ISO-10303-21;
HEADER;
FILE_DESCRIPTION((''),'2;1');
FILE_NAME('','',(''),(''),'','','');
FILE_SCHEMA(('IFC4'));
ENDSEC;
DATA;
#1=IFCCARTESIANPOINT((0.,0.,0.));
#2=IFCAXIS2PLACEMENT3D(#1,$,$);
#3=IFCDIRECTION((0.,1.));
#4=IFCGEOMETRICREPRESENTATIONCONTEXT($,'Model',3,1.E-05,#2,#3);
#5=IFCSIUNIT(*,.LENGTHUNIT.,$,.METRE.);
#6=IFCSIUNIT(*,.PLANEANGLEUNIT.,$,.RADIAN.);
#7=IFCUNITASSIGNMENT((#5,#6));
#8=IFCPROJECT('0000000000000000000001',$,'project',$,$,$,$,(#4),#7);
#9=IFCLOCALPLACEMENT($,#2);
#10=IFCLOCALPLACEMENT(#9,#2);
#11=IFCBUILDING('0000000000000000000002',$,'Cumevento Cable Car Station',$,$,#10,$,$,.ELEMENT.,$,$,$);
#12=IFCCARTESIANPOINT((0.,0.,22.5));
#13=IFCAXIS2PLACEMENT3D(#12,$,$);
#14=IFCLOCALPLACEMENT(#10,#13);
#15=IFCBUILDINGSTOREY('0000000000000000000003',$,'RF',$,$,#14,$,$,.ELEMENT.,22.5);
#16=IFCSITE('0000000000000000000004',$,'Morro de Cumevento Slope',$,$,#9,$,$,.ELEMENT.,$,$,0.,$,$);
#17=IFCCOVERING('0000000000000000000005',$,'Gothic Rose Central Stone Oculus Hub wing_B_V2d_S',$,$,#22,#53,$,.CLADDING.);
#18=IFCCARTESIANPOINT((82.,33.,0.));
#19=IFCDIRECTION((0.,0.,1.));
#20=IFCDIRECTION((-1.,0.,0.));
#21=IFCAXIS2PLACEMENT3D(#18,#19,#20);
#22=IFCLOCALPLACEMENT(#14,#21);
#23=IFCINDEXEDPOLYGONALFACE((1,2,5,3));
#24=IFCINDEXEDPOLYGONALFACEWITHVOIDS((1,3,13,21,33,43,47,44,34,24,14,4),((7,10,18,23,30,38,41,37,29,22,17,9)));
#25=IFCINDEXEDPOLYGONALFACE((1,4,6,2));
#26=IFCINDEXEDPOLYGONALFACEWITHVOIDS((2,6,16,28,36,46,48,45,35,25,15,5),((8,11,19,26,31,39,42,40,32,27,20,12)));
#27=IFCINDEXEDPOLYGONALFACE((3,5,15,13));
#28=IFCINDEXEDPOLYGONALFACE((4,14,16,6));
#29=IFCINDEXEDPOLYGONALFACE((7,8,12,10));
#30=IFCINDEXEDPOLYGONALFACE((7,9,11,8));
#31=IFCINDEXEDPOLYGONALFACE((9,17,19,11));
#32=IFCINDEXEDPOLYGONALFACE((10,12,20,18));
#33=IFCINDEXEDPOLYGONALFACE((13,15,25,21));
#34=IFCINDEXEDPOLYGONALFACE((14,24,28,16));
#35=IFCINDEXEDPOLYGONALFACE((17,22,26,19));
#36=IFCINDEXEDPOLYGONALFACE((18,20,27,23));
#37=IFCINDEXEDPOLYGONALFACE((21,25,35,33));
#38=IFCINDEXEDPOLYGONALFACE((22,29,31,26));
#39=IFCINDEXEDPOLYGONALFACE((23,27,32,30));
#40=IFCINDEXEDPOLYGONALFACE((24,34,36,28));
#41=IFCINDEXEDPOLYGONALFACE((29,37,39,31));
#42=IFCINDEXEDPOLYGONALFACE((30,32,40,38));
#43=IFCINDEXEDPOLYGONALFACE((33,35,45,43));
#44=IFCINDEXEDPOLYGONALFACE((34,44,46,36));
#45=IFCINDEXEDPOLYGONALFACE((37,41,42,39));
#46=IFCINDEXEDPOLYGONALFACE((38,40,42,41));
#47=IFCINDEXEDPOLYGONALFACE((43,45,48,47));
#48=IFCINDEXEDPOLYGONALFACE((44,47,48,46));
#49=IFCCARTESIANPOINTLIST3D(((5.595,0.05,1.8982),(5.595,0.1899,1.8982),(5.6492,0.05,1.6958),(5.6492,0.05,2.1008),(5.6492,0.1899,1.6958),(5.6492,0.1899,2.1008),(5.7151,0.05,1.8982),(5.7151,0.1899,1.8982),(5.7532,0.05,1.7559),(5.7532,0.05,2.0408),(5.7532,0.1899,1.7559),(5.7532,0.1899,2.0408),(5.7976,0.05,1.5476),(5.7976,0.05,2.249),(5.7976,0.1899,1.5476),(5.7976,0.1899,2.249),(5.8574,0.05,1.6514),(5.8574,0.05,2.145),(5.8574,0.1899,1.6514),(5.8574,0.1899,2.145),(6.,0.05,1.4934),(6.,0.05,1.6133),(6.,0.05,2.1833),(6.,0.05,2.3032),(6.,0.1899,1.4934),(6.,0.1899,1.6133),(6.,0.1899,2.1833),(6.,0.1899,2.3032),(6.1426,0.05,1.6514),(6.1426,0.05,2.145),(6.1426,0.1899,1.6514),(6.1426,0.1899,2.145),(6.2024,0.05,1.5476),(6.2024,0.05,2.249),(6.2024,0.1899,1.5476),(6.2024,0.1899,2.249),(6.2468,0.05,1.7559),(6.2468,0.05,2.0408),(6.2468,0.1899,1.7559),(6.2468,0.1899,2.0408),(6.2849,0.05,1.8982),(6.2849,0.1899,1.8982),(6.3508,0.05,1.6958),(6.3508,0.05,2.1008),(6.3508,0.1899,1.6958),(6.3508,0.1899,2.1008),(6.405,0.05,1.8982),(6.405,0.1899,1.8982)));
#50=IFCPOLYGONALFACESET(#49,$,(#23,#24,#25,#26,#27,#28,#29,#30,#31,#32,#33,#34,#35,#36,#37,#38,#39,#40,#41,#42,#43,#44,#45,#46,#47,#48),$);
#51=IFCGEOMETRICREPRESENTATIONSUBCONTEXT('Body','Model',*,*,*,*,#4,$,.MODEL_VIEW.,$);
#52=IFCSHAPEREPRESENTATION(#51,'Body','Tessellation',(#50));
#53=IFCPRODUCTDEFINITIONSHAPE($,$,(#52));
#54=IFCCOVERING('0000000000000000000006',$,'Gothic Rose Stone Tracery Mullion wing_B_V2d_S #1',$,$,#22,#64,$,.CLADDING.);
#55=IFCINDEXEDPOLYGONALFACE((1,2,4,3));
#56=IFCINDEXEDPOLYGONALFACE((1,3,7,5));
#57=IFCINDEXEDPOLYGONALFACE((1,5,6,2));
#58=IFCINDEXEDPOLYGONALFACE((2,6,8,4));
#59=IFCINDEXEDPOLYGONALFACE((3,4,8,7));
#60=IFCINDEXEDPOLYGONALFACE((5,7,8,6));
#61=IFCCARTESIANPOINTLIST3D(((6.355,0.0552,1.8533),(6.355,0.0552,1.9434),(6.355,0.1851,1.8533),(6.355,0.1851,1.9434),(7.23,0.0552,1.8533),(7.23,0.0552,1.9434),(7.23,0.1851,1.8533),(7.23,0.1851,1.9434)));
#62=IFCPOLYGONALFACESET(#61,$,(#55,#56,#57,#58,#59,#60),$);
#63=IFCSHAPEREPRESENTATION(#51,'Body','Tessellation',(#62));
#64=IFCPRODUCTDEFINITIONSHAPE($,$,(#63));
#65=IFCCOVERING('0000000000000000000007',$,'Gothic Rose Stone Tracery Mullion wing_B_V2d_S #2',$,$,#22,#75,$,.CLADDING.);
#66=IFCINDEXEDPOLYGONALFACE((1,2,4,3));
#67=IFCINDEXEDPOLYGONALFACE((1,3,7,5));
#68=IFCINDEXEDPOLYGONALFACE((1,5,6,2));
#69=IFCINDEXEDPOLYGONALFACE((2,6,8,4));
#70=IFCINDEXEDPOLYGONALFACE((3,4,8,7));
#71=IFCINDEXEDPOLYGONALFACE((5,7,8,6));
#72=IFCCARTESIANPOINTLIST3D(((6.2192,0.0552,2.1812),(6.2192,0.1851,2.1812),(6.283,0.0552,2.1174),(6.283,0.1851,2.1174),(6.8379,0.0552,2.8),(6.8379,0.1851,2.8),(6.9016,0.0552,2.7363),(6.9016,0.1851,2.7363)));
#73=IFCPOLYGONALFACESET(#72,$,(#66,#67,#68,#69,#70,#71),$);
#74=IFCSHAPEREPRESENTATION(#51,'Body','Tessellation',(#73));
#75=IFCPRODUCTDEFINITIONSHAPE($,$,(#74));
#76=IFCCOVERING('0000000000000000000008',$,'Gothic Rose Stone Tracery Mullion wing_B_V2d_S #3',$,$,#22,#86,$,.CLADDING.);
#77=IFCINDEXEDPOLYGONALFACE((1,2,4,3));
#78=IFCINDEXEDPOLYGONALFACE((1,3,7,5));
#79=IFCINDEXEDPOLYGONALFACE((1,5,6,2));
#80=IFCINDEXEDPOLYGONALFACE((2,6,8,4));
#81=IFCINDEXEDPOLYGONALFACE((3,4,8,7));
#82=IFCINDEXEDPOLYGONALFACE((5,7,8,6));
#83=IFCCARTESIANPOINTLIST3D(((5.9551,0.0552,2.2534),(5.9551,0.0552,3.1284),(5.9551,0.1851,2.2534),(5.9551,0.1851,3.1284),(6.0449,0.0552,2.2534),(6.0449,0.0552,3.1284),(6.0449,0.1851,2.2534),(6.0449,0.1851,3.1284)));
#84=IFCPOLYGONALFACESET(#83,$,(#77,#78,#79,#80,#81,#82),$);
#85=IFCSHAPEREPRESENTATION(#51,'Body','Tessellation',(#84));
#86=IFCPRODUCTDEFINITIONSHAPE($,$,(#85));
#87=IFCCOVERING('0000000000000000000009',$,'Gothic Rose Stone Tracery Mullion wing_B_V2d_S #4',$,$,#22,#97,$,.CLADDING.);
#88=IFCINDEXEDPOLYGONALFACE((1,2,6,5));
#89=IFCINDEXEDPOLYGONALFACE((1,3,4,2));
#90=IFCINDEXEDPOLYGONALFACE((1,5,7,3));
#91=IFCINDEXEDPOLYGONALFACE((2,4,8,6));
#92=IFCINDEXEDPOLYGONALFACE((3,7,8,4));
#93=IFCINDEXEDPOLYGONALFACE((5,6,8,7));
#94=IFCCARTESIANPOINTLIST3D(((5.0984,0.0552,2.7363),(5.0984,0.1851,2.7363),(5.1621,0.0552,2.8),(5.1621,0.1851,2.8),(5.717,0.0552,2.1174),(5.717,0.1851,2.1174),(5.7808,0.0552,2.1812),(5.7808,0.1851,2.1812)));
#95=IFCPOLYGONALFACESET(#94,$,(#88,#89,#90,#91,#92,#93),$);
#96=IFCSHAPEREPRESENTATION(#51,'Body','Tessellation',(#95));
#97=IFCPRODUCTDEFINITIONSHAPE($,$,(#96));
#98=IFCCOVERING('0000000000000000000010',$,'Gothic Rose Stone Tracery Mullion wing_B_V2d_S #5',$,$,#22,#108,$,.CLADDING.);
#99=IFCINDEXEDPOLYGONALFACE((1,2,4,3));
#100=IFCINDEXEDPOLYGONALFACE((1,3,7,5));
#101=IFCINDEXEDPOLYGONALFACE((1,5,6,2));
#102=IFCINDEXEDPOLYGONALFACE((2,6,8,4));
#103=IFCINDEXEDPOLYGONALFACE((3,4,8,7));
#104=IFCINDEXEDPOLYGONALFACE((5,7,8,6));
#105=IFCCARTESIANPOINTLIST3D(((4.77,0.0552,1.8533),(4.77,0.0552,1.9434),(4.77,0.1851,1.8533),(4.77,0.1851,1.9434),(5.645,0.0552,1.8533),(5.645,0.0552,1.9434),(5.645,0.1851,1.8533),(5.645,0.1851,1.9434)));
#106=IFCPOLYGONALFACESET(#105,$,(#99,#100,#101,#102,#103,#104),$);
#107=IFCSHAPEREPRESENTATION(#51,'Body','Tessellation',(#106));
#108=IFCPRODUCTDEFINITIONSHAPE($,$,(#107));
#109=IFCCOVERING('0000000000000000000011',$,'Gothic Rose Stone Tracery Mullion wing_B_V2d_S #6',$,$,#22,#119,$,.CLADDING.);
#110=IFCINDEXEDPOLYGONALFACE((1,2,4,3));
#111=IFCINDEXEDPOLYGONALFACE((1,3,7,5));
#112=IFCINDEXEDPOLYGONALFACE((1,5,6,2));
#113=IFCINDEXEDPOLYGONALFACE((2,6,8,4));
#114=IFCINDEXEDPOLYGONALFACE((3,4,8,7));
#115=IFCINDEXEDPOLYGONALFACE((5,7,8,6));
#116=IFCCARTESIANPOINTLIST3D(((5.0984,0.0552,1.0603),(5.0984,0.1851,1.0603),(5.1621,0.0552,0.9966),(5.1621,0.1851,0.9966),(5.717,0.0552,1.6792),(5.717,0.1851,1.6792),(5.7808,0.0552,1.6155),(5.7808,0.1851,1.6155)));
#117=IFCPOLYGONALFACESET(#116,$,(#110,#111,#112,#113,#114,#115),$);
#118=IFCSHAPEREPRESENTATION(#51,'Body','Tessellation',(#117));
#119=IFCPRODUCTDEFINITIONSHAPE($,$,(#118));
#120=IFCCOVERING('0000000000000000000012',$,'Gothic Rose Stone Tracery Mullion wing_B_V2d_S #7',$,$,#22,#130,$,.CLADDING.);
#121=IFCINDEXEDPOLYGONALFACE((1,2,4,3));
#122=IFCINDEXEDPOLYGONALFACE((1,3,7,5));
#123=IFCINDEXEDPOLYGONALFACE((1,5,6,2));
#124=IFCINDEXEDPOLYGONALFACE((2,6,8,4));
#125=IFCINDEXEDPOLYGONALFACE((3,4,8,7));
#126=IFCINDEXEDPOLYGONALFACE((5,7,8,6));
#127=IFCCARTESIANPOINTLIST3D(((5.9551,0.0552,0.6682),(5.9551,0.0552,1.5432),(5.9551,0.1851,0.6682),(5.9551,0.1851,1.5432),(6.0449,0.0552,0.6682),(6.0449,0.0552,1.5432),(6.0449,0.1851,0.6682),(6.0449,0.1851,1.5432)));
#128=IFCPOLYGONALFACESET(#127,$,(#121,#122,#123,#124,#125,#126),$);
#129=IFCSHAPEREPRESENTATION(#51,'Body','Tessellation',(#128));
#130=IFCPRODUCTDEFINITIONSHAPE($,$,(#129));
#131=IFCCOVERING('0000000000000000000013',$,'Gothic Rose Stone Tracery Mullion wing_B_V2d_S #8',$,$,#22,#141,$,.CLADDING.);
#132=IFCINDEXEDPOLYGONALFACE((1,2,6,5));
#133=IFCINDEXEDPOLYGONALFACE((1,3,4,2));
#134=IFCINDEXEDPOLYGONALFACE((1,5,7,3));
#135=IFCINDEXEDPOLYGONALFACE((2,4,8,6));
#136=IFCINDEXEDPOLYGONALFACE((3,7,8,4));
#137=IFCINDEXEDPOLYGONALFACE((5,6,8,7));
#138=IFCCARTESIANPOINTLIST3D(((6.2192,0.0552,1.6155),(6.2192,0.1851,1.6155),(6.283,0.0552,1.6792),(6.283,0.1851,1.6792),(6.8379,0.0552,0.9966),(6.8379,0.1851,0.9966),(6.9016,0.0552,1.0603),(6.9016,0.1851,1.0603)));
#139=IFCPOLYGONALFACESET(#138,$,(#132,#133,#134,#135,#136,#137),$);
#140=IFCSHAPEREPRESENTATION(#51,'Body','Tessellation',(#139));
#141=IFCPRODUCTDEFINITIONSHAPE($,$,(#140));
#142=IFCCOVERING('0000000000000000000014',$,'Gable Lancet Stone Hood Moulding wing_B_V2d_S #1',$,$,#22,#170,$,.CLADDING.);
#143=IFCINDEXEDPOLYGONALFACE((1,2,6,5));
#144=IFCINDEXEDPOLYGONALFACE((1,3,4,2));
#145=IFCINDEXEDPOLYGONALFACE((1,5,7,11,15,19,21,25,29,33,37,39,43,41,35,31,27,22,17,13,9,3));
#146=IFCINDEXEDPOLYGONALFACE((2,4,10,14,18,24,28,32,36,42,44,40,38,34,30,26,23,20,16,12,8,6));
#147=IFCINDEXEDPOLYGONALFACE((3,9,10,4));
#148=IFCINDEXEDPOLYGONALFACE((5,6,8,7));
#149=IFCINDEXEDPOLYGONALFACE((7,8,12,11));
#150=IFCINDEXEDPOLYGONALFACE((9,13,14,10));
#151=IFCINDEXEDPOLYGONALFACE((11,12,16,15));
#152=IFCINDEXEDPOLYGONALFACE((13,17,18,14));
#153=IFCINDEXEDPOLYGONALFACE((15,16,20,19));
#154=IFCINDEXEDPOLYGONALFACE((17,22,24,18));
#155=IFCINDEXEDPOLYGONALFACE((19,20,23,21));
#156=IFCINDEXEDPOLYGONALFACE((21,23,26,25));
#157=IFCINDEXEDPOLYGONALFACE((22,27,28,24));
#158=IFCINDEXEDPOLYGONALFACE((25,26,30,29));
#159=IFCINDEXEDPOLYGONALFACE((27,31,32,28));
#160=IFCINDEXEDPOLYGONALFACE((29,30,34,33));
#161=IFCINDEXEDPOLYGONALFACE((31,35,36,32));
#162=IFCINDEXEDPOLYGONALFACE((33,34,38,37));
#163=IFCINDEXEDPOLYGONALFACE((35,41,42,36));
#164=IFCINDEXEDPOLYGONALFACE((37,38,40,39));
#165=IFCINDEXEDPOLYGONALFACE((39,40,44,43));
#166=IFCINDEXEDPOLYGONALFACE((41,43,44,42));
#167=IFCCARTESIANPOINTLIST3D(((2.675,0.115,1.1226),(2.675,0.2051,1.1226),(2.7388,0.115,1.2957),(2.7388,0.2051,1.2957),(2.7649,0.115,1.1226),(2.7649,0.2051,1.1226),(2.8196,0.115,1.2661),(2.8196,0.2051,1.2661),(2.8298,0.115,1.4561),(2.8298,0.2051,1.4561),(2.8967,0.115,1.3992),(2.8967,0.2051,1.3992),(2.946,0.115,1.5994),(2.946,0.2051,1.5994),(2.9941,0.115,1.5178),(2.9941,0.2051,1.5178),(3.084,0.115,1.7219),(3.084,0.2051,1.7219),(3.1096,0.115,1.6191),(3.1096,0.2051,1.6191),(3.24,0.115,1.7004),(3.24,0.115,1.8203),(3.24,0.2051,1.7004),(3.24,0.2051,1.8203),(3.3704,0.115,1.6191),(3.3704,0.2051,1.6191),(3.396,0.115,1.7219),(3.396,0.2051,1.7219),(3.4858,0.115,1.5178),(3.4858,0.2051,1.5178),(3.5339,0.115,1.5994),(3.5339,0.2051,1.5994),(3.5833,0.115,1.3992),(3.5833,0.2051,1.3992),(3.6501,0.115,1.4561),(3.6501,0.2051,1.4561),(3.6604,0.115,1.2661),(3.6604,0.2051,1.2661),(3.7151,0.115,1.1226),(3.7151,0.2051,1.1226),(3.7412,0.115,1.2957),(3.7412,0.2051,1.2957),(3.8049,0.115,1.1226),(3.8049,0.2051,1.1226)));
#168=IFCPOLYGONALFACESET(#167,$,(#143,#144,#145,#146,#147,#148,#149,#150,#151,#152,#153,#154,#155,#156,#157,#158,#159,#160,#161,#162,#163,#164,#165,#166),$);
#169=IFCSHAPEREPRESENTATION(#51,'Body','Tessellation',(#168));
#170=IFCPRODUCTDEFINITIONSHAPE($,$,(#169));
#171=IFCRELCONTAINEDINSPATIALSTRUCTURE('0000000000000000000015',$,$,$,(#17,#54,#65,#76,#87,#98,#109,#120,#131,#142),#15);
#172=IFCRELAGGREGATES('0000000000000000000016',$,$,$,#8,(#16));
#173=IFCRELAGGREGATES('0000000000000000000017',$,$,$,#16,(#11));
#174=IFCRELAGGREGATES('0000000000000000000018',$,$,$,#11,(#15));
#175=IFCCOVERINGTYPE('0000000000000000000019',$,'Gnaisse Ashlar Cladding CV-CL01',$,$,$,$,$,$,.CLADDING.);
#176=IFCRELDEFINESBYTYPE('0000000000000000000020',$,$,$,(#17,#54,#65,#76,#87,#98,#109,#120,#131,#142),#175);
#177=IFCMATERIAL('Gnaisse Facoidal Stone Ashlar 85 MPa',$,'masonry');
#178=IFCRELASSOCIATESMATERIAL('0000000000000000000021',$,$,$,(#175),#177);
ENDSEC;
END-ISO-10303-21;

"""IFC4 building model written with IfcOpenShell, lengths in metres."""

from ifc_helpers import new_model, si_unit, direction, frame, origin, place, context, subcontext, project, spatial, polyline, outline, extrude, material, type_object, element, save


model = new_model("IFC4")

# Units and contexts
model_context = context("Model", 3, precision=1e-05, world=origin(), true_north=direction((0.0, 1.0)))
body_context = subcontext(model_context, "Body", "Model", "MODEL_VIEW")
ifc_project = project(units=[si_unit("LENGTHUNIT", "METRE"), si_unit("PLANEANGLEUNIT", "RADIAN")], contexts=[model_context])

# Site, building, storey
site_placement = place(None, origin())
site = spatial("IfcSite", under=ifc_project, at=site_placement, Name="Morro de Cumevento Slope", CompositionType="ELEMENT", RefElevation=0.0)
building_placement = place(site_placement, origin())
building = spatial("IfcBuilding", under=site, at=building_placement, Name="Cumevento Cable Car Station", CompositionType="ELEMENT")
storey_placement = place(building_placement, frame((0.0, 0.0, 22.5)))
storey = spatial("IfcBuildingStorey", under=building, at=storey_placement, Name="RF", CompositionType="ELEMENT", Elevation=22.5)

# Coverings
ifc_material_1 = material(Name="Gnaisse Facoidal Stone Ashlar 85 MPa", Category="masonry")
covering_type = type_object("IfcCoveringType", Name="Gnaisse Ashlar Cladding CV-CL01", PredefinedType="CLADDING", material=ifc_material_1)
placement = place(storey_placement, frame((82.0, 33.0, 0.0), z_axis=(0.0, 0.0, 1.0), x_axis=(-1.0, 0.0, 0.0)))
element("IfcCovering", 1, at=placement, inside=storey, type_object=covering_type, Name="Gothic Rose Central Stone Oculus Hub wing_B_V2d_S", PredefinedType="CLADDING", context=body_context, shape_type="SweptSolid", body=[
    extrude(outline(polyline([(6.405, 1.8982), (6.3508, 2.1008), (6.2024, 2.249), (6.0, 2.3032), (5.7976, 2.249), (5.6492, 2.1008), (5.595, 1.8982), (5.6492, 1.6958), (5.7976, 1.5476), (6.0, 1.4934), (6.2024, 1.5476), (6.3508, 1.6958), (6.405, 1.8982)]), holes=[polyline([(6.2849, 1.8982), (6.2468, 2.0408), (6.1426, 2.145), (6.0, 2.1833), (5.8574, 2.145), (5.7532, 2.0408), (5.7151, 1.8982), (5.7532, 1.7559), (5.8574, 1.6514), (6.0, 1.6133), (6.1426, 1.6514), (6.2468, 1.7559), (6.2849, 1.8982)])]), frame((0.0, 0.1899, 0.0), z_axis=(0.0, -1.0, 0.0), x_axis=(1.0, 0.0, 0.0)), (0.0, 0.0, 1.0), 0.1399),
])
element("IfcCovering", 2, at=placement, inside=storey, type_object=covering_type, Name="Gothic Rose Stone Tracery Mullion wing_B_V2d_S #1", PredefinedType="CLADDING", context=body_context, shape_type="SweptSolid", body=[
    extrude(outline(polyline([(6.355, 1.9434), (7.23, 1.9434), (7.23, 1.8533), (6.355, 1.8533), (6.355, 1.9434)])), frame((0.0, 0.1851, 0.0), z_axis=(0.0, -1.0, 0.0), x_axis=(1.0, 0.0, 0.0)), (0.0, 0.0, 1.0), 0.1299),
])
element("IfcCovering", 3, at=placement, inside=storey, type_object=covering_type, Name="Gothic Rose Stone Tracery Mullion wing_B_V2d_S #2", PredefinedType="CLADDING", context=body_context, shape_type="SweptSolid", body=[
    extrude(outline(polyline([(6.2192, 2.1812), (6.8379, 2.8), (6.9016, 2.7363), (6.283, 2.1174), (6.2192, 2.1812)])), frame((0.0, 0.1851, 0.0), z_axis=(0.0, -1.0, 0.0), x_axis=(1.0, 0.0, 0.0)), (0.0, 0.0, 1.0), 0.1299),
])
element("IfcCovering", 4, at=placement, inside=storey, type_object=covering_type, Name="Gothic Rose Stone Tracery Mullion wing_B_V2d_S #3", PredefinedType="CLADDING", context=body_context, shape_type="SweptSolid", body=[
    extrude(outline(polyline([(5.9551, 2.2534), (5.9551, 3.1284), (6.0449, 3.1284), (6.0449, 2.2534), (5.9551, 2.2534)])), frame((0.0, 0.1851, 0.0), z_axis=(0.0, -1.0, 0.0), x_axis=(1.0, 0.0, 0.0)), (0.0, 0.0, 1.0), 0.1299),
])
element("IfcCovering", 5, at=placement, inside=storey, type_object=covering_type, Name="Gothic Rose Stone Tracery Mullion wing_B_V2d_S #4", PredefinedType="CLADDING", context=body_context, shape_type="SweptSolid", body=[
    extrude(outline(polyline([(5.717, 2.1174), (5.0984, 2.7363), (5.1621, 2.8), (5.7808, 2.1812), (5.717, 2.1174)])), frame((0.0, 0.1851, 0.0), z_axis=(0.0, -1.0, 0.0), x_axis=(1.0, 0.0, 0.0)), (0.0, 0.0, 1.0), 0.1299),
])
element("IfcCovering", 6, at=placement, inside=storey, type_object=covering_type, Name="Gothic Rose Stone Tracery Mullion wing_B_V2d_S #5", PredefinedType="CLADDING", context=body_context, shape_type="SweptSolid", body=[
    extrude(outline(polyline([(5.645, 1.8533), (4.77, 1.8533), (4.77, 1.9434), (5.645, 1.9434), (5.645, 1.8533)])), frame((0.0, 0.1851, 0.0), z_axis=(0.0, -1.0, 0.0), x_axis=(1.0, 0.0, 0.0)), (0.0, 0.0, 1.0), 0.1299),
])
element("IfcCovering", 7, at=placement, inside=storey, type_object=covering_type, Name="Gothic Rose Stone Tracery Mullion wing_B_V2d_S #6", PredefinedType="CLADDING", context=body_context, shape_type="SweptSolid", body=[
    extrude(outline(polyline([(5.7808, 1.6155), (5.1621, 0.9966), (5.0984, 1.0603), (5.717, 1.6792), (5.7808, 1.6155)])), frame((0.0, 0.1851, 0.0), z_axis=(0.0, -1.0, 0.0), x_axis=(1.0, 0.0, 0.0)), (0.0, 0.0, 1.0), 0.1299),
])
element("IfcCovering", 8, at=placement, inside=storey, type_object=covering_type, Name="Gothic Rose Stone Tracery Mullion wing_B_V2d_S #7", PredefinedType="CLADDING", context=body_context, shape_type="SweptSolid", body=[
    extrude(outline(polyline([(6.0449, 1.5432), (6.0449, 0.6682), (5.9551, 0.6682), (5.9551, 1.5432), (6.0449, 1.5432)])), frame((0.0, 0.1851, 0.0), z_axis=(0.0, -1.0, 0.0), x_axis=(1.0, 0.0, 0.0)), (0.0, 0.0, 1.0), 0.1299),
])
element("IfcCovering", 9, at=placement, inside=storey, type_object=covering_type, Name="Gothic Rose Stone Tracery Mullion wing_B_V2d_S #8", PredefinedType="CLADDING", context=body_context, shape_type="SweptSolid", body=[
    extrude(outline(polyline([(6.283, 1.6792), (6.9016, 1.0603), (6.8379, 0.9966), (6.2192, 1.6155), (6.283, 1.6792)])), frame((0.0, 0.1851, 0.0), z_axis=(0.0, -1.0, 0.0), x_axis=(1.0, 0.0, 0.0)), (0.0, 0.0, 1.0), 0.1299),
])
element("IfcCovering", 10, at=placement, inside=storey, type_object=covering_type, Name="Gable Lancet Stone Hood Moulding wing_B_V2d_S #1", PredefinedType="CLADDING", context=body_context, shape_type="SweptSolid", body=[
    extrude(outline(polyline([(2.7649, 1.1226), (2.8196, 1.2661), (2.8967, 1.3992), (2.9941, 1.5178), (3.1096, 1.6191), (3.24, 1.7004), (3.3704, 1.6191), (3.4858, 1.5178), (3.5833, 1.3992), (3.6604, 1.2661), (3.7151, 1.1226), (3.8049, 1.1226), (3.7412, 1.2957), (3.6501, 1.4561), (3.5339, 1.5994), (3.396, 1.7219), (3.24, 1.8203), (3.084, 1.7219), (2.946, 1.5994), (2.8298, 1.4561), (2.7388, 1.2957), (2.675, 1.1226), (2.7649, 1.1226)])), frame((0.0, 0.2051, 0.0), z_axis=(0.0, -1.0, 0.0), x_axis=(1.0, 0.0, 0.0)), (0.0, 0.0, 1.0), 0.0901),
])

save(model, "model.ifc")
